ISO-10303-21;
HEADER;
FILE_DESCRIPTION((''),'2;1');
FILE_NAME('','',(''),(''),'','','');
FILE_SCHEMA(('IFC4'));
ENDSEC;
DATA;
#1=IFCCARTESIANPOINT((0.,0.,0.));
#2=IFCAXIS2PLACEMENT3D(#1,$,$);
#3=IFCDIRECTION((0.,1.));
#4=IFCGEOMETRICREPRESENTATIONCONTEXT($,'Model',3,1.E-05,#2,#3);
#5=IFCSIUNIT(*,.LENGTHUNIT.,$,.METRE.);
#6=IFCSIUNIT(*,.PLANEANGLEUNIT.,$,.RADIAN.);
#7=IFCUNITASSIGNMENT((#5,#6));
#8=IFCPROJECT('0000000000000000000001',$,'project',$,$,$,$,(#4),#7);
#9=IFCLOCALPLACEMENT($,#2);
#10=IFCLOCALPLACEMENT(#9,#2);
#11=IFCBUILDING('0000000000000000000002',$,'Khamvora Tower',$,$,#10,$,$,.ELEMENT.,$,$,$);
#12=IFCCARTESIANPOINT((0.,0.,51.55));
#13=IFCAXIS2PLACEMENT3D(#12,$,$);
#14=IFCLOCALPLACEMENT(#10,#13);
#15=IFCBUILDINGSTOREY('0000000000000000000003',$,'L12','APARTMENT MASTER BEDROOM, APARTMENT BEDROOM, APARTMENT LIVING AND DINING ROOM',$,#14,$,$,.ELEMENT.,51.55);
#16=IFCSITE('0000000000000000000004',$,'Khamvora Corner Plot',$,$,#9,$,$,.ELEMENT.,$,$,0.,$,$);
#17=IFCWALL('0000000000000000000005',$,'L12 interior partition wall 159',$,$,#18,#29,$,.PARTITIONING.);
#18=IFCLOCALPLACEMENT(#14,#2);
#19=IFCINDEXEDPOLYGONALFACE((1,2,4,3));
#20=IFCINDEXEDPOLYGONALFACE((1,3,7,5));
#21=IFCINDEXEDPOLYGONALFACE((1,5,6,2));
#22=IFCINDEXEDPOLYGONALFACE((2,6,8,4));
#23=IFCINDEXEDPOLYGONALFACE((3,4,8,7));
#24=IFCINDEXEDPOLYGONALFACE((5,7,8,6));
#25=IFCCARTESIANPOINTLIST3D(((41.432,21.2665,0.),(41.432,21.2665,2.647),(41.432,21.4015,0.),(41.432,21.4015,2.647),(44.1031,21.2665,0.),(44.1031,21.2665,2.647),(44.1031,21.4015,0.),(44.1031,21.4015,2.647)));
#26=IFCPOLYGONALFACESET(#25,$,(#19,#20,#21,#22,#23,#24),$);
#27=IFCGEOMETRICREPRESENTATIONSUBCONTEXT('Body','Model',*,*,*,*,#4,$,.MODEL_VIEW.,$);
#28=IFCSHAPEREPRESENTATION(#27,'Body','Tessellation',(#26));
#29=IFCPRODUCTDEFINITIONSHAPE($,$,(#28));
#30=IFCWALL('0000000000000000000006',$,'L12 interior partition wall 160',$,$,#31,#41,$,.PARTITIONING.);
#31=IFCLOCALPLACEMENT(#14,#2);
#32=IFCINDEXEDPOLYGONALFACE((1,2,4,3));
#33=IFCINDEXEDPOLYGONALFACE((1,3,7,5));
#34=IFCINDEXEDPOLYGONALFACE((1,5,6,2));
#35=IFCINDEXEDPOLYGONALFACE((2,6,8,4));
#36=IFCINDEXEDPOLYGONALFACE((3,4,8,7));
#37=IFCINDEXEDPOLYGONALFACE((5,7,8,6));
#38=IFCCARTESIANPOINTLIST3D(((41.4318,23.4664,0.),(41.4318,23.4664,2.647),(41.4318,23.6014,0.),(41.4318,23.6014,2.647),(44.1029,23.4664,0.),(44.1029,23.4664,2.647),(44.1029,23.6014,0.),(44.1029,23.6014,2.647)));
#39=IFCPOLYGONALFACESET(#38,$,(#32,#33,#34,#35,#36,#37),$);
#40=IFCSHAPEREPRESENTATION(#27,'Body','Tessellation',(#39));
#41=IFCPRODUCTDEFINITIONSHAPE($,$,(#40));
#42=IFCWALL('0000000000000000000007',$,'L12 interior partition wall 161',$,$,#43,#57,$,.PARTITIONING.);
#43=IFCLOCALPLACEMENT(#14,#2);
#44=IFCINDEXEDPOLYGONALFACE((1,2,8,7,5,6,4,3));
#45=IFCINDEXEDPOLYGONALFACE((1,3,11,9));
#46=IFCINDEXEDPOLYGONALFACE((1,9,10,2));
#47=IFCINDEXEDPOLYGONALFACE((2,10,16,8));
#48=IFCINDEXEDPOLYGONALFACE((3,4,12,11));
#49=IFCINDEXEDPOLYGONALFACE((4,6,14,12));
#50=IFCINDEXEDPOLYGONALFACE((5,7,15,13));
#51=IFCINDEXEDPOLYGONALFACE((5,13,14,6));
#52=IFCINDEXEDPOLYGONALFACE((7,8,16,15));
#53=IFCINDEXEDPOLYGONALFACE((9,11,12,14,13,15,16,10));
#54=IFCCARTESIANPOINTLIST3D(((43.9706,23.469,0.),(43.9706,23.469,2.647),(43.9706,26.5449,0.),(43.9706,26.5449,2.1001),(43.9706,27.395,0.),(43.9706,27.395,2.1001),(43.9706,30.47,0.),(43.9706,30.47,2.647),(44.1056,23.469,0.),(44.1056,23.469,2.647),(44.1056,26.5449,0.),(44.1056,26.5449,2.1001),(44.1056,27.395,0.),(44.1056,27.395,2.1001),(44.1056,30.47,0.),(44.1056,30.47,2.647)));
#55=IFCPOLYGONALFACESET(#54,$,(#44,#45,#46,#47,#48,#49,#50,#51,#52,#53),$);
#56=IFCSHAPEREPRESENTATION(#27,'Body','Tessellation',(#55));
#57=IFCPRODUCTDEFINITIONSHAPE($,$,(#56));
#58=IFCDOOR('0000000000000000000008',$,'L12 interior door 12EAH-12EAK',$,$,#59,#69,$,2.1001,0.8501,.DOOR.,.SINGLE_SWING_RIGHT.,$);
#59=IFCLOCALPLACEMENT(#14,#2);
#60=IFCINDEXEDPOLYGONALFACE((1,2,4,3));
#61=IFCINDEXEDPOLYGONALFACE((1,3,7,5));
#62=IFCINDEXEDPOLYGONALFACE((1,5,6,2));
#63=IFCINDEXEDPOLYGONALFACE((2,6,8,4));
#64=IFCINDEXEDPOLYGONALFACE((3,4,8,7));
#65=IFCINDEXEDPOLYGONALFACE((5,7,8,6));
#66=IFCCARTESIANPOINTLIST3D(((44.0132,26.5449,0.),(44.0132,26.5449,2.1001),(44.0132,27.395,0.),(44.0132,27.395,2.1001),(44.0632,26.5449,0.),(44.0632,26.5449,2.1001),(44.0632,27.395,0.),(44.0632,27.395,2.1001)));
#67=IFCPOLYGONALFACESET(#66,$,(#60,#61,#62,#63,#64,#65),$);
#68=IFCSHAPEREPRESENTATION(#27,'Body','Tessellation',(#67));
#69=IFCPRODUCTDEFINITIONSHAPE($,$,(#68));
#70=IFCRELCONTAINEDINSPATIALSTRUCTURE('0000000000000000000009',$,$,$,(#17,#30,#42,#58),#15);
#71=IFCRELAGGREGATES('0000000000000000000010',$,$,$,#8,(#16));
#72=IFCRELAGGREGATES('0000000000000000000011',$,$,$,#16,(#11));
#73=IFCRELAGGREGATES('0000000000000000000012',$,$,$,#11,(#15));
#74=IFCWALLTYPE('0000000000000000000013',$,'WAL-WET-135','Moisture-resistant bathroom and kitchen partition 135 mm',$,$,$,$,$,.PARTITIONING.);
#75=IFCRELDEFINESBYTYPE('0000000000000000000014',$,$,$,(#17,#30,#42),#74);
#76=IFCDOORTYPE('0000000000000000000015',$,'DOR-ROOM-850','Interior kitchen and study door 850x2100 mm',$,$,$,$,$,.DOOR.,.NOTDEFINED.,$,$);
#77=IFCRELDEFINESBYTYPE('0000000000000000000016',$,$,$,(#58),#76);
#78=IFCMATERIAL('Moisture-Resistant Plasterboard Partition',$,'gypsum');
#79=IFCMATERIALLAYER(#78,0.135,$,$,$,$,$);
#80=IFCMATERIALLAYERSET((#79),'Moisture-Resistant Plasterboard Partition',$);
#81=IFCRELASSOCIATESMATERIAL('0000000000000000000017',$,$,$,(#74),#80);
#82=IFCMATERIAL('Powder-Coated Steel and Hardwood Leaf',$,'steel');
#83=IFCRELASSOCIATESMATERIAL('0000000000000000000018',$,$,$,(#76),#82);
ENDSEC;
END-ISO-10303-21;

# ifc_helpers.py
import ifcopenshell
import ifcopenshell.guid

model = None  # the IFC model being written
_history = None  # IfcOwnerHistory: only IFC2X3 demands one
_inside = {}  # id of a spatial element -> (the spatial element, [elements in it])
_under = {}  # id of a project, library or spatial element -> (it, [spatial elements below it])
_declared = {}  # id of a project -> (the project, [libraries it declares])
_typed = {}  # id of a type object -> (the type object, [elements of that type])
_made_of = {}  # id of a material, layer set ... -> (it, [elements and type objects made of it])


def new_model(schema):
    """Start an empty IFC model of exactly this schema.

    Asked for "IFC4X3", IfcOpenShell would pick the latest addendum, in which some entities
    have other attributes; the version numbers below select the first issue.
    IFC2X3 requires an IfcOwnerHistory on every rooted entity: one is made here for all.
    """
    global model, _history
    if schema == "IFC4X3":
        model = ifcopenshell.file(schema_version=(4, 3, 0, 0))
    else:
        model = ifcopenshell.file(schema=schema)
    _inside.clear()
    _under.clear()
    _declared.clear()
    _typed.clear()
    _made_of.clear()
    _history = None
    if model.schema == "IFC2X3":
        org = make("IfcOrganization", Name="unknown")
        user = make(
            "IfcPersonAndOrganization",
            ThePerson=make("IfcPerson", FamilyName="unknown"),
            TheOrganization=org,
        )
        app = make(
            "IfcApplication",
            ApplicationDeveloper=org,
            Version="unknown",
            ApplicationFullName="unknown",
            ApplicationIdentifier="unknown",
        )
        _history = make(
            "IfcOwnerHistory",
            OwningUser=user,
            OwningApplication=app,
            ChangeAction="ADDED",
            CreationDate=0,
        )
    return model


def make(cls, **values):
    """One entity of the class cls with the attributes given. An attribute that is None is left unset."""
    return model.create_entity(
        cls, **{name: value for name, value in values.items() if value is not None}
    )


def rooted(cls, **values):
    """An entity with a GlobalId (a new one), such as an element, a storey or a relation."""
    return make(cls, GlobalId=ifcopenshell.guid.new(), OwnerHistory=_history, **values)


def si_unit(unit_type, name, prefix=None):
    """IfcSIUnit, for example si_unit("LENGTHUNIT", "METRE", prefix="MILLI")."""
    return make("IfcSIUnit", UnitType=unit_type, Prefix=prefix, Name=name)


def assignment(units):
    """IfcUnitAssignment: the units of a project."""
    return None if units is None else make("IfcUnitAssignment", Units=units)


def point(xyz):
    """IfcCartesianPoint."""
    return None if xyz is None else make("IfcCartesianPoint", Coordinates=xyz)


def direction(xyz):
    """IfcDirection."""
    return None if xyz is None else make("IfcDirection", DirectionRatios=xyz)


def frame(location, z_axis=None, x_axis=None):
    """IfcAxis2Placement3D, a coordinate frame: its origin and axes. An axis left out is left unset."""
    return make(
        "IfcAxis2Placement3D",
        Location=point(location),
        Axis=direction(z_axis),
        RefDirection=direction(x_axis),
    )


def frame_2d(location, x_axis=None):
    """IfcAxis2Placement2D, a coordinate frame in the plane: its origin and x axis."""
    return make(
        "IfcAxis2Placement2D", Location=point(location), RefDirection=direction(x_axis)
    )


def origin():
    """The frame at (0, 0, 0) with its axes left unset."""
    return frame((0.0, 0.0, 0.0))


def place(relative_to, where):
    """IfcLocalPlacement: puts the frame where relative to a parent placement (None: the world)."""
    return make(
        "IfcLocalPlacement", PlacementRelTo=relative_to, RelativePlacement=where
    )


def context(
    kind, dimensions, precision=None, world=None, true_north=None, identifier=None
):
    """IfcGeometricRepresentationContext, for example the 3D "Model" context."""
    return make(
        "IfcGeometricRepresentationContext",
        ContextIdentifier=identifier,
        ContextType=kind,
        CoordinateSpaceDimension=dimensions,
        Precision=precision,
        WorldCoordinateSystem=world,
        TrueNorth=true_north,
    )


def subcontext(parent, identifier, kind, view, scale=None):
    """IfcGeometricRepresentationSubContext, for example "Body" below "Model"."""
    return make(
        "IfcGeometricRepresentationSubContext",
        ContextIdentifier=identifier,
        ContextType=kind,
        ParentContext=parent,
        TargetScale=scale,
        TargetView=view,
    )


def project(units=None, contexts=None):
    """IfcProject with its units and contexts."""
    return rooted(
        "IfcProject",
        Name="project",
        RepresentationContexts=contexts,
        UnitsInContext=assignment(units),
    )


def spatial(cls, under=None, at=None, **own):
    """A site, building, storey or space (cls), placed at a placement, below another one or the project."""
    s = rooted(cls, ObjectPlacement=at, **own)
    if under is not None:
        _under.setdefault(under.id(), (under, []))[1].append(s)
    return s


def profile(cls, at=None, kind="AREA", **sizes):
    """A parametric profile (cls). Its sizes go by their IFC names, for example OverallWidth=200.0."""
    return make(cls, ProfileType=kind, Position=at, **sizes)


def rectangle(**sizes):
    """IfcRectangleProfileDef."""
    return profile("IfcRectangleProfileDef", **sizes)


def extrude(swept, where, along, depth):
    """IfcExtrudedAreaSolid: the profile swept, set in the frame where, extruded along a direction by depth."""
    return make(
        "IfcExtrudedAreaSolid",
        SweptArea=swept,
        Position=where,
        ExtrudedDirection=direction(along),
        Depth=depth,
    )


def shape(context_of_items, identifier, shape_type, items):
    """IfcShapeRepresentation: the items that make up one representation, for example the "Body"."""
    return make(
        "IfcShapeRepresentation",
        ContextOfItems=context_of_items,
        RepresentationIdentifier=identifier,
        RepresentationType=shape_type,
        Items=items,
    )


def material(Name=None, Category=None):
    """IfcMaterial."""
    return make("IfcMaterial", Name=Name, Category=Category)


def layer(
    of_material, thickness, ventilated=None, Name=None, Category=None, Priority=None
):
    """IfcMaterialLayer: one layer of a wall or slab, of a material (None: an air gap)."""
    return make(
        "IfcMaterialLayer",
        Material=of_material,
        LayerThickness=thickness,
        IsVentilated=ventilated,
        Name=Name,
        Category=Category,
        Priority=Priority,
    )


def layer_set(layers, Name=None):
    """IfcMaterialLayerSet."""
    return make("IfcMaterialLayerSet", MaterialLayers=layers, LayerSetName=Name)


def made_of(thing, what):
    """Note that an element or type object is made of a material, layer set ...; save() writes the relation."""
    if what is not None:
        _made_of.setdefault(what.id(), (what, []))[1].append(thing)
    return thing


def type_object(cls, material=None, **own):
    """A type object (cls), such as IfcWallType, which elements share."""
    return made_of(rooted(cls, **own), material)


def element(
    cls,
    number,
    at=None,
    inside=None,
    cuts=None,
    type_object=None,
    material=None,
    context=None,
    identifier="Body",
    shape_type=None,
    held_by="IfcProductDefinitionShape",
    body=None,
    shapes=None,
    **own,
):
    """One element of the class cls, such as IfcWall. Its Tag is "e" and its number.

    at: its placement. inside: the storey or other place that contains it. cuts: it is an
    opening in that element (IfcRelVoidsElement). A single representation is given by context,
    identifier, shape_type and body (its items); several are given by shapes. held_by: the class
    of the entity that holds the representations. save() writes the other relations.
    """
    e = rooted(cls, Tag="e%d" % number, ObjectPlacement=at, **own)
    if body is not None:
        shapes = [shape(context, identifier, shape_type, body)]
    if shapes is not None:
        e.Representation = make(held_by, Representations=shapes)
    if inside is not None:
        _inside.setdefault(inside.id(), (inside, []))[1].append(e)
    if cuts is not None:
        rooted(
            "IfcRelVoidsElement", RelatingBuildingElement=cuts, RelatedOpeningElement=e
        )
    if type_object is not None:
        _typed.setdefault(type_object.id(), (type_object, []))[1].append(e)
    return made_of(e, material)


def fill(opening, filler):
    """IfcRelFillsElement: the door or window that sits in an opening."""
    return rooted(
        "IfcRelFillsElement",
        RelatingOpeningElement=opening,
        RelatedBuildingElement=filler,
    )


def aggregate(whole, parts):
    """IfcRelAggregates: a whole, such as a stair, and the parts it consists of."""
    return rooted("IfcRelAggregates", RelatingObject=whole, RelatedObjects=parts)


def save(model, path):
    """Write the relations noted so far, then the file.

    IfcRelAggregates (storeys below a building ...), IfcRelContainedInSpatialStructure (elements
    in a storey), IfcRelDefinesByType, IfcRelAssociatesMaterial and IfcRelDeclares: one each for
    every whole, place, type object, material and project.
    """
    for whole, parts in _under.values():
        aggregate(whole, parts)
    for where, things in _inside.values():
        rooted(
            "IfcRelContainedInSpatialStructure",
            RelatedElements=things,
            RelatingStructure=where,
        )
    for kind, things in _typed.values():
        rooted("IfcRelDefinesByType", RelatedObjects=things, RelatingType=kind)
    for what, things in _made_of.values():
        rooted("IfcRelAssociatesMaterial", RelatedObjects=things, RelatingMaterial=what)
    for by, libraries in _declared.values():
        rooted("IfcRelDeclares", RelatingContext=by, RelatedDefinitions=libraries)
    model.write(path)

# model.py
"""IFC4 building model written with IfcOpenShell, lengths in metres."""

from ifc_helpers import new_model, si_unit, direction, frame, frame_2d, origin, place, context, subcontext, project, spatial, rectangle, extrude, material, layer, layer_set, type_object, element, fill, save


model = new_model("IFC4")

# Units and contexts
model_context = context("Model", 3, precision=1e-05, world=origin(), true_north=direction((0.0, 1.0)))
body_context = subcontext(model_context, "Body", "Model", "MODEL_VIEW")
ifc_project = project(units=[si_unit("LENGTHUNIT", "METRE"), si_unit("PLANEANGLEUNIT", "RADIAN")], contexts=[model_context])

# Site, building, storey
site_placement = place(None, origin())
site = spatial("IfcSite", under=ifc_project, at=site_placement, Name="Khamvora Corner Plot", CompositionType="ELEMENT", RefElevation=0.0)
building_placement = place(site_placement, origin())
building = spatial("IfcBuilding", under=site, at=building_placement, Name="Khamvora Tower", CompositionType="ELEMENT")
storey_placement = place(building_placement, frame((0.0, 0.0, 51.55)))
storey = spatial("IfcBuildingStorey", under=building, at=storey_placement, Name="L12", Description="APARTMENT MASTER BEDROOM, APARTMENT BEDROOM, APARTMENT LIVING AND DINING ROOM", CompositionType="ELEMENT", Elevation=51.55)

# Shared definitions
ifc_material_1 = material(Name="Powder-Coated Steel and Hardwood Leaf", Category="steel")

# Walls
ifc_material_2 = material(Name="Moisture-Resistant Plasterboard Partition", Category="gypsum")
ifc_layer_1 = layer(ifc_material_2, 0.135)
ifc_layer_set_1 = layer_set([ifc_layer_1], Name="Moisture-Resistant Plasterboard Partition")
wall_type_1 = type_object("IfcWallType", Name="WAL-WET-135", Description="Moisture-resistant bathroom and kitchen partition 135 mm", PredefinedType="PARTITIONING", material=ifc_layer_set_1)
for number, where, z_axis, x_axis, name in (
    (1, (44.103, 21.334, 0.0), (0.0, 0.0, 1.0), (-1.0, 0.0, 0.0), "L12 interior partition wall 159"),
    (2, (41.4319, 23.5339, 0.0), (0.0, 0.0, 1.0), (1.0, 0.0, 0.0), "L12 interior partition wall 160"),
):
    element("IfcWall", number, at=place(storey_placement, frame(where, z_axis=z_axis, x_axis=x_axis)), inside=storey, type_object=wall_type_1, Name=name, PredefinedType="PARTITIONING", context=body_context, shape_type="SweptSolid", body=[
        extrude(rectangle(XDim=2.6711, YDim=0.135, at=frame_2d((1.3354, 0.0))), origin(), (0.0, 0.0, 1.0), 2.647),
    ])

# Wall, opening, door
wall_1_placement = place(storey_placement, frame((44.0381, 23.469, 0.0), z_axis=(0.0, 0.0, 1.0), x_axis=(0.0, 1.0, 0.0)))
wall_1 = element("IfcWall", 3, at=wall_1_placement, inside=storey, type_object=wall_type_1, Name="L12 interior partition wall 161", PredefinedType="PARTITIONING", context=body_context, shape_type="SweptSolid", body=[
    extrude(rectangle(XDim=7.001, YDim=0.135, at=frame_2d((3.5005, 0.0))), origin(), (0.0, 0.0, 1.0), 2.647),
])
opening_1_placement = place(wall_1_placement, frame((3.0759, 0.0, 0.0)))
opening_1 = element("IfcOpeningElement", 4, at=opening_1_placement, cuts=wall_1, PredefinedType="OPENING", context=body_context, shape_type="SweptSolid", body=[
    extrude(rectangle(XDim=0.8501, YDim=2.1001, at=frame_2d((0.425, 1.05))), frame((0.0, 0.0774, 0.0), z_axis=(0.0, -1.0, 0.0), x_axis=(1.0, 0.0, 0.0)), (0.0, 0.0, 1.0), 0.155),
])
door_type_1 = type_object("IfcDoorType", Name="DOR-ROOM-850", Description="Interior kitchen and study door 850x2100 mm", OperationType="NOTDEFINED", PredefinedType="DOOR", material=ifc_material_1)
door_1_placement = place(opening_1_placement, origin())
door_1 = element("IfcDoor", 5, at=door_1_placement, inside=storey, type_object=door_type_1, Name="L12 interior door 12EAH-12EAK", OperationType="SINGLE_SWING_RIGHT", OverallHeight=2.1001, OverallWidth=0.8501, PredefinedType="DOOR", context=body_context, shape_type="SweptSolid", body=[
    extrude(rectangle(XDim=0.8501, YDim=2.1001, at=frame_2d((0.425, 1.05))), frame((0.0, 0.0249, 0.0), z_axis=(0.0, -1.0, 0.0), x_axis=(1.0, 0.0, 0.0)), (0.0, 0.0, 1.0), 0.05),
])
fill(opening_1, door_1)

save(model, "model.ifc")
